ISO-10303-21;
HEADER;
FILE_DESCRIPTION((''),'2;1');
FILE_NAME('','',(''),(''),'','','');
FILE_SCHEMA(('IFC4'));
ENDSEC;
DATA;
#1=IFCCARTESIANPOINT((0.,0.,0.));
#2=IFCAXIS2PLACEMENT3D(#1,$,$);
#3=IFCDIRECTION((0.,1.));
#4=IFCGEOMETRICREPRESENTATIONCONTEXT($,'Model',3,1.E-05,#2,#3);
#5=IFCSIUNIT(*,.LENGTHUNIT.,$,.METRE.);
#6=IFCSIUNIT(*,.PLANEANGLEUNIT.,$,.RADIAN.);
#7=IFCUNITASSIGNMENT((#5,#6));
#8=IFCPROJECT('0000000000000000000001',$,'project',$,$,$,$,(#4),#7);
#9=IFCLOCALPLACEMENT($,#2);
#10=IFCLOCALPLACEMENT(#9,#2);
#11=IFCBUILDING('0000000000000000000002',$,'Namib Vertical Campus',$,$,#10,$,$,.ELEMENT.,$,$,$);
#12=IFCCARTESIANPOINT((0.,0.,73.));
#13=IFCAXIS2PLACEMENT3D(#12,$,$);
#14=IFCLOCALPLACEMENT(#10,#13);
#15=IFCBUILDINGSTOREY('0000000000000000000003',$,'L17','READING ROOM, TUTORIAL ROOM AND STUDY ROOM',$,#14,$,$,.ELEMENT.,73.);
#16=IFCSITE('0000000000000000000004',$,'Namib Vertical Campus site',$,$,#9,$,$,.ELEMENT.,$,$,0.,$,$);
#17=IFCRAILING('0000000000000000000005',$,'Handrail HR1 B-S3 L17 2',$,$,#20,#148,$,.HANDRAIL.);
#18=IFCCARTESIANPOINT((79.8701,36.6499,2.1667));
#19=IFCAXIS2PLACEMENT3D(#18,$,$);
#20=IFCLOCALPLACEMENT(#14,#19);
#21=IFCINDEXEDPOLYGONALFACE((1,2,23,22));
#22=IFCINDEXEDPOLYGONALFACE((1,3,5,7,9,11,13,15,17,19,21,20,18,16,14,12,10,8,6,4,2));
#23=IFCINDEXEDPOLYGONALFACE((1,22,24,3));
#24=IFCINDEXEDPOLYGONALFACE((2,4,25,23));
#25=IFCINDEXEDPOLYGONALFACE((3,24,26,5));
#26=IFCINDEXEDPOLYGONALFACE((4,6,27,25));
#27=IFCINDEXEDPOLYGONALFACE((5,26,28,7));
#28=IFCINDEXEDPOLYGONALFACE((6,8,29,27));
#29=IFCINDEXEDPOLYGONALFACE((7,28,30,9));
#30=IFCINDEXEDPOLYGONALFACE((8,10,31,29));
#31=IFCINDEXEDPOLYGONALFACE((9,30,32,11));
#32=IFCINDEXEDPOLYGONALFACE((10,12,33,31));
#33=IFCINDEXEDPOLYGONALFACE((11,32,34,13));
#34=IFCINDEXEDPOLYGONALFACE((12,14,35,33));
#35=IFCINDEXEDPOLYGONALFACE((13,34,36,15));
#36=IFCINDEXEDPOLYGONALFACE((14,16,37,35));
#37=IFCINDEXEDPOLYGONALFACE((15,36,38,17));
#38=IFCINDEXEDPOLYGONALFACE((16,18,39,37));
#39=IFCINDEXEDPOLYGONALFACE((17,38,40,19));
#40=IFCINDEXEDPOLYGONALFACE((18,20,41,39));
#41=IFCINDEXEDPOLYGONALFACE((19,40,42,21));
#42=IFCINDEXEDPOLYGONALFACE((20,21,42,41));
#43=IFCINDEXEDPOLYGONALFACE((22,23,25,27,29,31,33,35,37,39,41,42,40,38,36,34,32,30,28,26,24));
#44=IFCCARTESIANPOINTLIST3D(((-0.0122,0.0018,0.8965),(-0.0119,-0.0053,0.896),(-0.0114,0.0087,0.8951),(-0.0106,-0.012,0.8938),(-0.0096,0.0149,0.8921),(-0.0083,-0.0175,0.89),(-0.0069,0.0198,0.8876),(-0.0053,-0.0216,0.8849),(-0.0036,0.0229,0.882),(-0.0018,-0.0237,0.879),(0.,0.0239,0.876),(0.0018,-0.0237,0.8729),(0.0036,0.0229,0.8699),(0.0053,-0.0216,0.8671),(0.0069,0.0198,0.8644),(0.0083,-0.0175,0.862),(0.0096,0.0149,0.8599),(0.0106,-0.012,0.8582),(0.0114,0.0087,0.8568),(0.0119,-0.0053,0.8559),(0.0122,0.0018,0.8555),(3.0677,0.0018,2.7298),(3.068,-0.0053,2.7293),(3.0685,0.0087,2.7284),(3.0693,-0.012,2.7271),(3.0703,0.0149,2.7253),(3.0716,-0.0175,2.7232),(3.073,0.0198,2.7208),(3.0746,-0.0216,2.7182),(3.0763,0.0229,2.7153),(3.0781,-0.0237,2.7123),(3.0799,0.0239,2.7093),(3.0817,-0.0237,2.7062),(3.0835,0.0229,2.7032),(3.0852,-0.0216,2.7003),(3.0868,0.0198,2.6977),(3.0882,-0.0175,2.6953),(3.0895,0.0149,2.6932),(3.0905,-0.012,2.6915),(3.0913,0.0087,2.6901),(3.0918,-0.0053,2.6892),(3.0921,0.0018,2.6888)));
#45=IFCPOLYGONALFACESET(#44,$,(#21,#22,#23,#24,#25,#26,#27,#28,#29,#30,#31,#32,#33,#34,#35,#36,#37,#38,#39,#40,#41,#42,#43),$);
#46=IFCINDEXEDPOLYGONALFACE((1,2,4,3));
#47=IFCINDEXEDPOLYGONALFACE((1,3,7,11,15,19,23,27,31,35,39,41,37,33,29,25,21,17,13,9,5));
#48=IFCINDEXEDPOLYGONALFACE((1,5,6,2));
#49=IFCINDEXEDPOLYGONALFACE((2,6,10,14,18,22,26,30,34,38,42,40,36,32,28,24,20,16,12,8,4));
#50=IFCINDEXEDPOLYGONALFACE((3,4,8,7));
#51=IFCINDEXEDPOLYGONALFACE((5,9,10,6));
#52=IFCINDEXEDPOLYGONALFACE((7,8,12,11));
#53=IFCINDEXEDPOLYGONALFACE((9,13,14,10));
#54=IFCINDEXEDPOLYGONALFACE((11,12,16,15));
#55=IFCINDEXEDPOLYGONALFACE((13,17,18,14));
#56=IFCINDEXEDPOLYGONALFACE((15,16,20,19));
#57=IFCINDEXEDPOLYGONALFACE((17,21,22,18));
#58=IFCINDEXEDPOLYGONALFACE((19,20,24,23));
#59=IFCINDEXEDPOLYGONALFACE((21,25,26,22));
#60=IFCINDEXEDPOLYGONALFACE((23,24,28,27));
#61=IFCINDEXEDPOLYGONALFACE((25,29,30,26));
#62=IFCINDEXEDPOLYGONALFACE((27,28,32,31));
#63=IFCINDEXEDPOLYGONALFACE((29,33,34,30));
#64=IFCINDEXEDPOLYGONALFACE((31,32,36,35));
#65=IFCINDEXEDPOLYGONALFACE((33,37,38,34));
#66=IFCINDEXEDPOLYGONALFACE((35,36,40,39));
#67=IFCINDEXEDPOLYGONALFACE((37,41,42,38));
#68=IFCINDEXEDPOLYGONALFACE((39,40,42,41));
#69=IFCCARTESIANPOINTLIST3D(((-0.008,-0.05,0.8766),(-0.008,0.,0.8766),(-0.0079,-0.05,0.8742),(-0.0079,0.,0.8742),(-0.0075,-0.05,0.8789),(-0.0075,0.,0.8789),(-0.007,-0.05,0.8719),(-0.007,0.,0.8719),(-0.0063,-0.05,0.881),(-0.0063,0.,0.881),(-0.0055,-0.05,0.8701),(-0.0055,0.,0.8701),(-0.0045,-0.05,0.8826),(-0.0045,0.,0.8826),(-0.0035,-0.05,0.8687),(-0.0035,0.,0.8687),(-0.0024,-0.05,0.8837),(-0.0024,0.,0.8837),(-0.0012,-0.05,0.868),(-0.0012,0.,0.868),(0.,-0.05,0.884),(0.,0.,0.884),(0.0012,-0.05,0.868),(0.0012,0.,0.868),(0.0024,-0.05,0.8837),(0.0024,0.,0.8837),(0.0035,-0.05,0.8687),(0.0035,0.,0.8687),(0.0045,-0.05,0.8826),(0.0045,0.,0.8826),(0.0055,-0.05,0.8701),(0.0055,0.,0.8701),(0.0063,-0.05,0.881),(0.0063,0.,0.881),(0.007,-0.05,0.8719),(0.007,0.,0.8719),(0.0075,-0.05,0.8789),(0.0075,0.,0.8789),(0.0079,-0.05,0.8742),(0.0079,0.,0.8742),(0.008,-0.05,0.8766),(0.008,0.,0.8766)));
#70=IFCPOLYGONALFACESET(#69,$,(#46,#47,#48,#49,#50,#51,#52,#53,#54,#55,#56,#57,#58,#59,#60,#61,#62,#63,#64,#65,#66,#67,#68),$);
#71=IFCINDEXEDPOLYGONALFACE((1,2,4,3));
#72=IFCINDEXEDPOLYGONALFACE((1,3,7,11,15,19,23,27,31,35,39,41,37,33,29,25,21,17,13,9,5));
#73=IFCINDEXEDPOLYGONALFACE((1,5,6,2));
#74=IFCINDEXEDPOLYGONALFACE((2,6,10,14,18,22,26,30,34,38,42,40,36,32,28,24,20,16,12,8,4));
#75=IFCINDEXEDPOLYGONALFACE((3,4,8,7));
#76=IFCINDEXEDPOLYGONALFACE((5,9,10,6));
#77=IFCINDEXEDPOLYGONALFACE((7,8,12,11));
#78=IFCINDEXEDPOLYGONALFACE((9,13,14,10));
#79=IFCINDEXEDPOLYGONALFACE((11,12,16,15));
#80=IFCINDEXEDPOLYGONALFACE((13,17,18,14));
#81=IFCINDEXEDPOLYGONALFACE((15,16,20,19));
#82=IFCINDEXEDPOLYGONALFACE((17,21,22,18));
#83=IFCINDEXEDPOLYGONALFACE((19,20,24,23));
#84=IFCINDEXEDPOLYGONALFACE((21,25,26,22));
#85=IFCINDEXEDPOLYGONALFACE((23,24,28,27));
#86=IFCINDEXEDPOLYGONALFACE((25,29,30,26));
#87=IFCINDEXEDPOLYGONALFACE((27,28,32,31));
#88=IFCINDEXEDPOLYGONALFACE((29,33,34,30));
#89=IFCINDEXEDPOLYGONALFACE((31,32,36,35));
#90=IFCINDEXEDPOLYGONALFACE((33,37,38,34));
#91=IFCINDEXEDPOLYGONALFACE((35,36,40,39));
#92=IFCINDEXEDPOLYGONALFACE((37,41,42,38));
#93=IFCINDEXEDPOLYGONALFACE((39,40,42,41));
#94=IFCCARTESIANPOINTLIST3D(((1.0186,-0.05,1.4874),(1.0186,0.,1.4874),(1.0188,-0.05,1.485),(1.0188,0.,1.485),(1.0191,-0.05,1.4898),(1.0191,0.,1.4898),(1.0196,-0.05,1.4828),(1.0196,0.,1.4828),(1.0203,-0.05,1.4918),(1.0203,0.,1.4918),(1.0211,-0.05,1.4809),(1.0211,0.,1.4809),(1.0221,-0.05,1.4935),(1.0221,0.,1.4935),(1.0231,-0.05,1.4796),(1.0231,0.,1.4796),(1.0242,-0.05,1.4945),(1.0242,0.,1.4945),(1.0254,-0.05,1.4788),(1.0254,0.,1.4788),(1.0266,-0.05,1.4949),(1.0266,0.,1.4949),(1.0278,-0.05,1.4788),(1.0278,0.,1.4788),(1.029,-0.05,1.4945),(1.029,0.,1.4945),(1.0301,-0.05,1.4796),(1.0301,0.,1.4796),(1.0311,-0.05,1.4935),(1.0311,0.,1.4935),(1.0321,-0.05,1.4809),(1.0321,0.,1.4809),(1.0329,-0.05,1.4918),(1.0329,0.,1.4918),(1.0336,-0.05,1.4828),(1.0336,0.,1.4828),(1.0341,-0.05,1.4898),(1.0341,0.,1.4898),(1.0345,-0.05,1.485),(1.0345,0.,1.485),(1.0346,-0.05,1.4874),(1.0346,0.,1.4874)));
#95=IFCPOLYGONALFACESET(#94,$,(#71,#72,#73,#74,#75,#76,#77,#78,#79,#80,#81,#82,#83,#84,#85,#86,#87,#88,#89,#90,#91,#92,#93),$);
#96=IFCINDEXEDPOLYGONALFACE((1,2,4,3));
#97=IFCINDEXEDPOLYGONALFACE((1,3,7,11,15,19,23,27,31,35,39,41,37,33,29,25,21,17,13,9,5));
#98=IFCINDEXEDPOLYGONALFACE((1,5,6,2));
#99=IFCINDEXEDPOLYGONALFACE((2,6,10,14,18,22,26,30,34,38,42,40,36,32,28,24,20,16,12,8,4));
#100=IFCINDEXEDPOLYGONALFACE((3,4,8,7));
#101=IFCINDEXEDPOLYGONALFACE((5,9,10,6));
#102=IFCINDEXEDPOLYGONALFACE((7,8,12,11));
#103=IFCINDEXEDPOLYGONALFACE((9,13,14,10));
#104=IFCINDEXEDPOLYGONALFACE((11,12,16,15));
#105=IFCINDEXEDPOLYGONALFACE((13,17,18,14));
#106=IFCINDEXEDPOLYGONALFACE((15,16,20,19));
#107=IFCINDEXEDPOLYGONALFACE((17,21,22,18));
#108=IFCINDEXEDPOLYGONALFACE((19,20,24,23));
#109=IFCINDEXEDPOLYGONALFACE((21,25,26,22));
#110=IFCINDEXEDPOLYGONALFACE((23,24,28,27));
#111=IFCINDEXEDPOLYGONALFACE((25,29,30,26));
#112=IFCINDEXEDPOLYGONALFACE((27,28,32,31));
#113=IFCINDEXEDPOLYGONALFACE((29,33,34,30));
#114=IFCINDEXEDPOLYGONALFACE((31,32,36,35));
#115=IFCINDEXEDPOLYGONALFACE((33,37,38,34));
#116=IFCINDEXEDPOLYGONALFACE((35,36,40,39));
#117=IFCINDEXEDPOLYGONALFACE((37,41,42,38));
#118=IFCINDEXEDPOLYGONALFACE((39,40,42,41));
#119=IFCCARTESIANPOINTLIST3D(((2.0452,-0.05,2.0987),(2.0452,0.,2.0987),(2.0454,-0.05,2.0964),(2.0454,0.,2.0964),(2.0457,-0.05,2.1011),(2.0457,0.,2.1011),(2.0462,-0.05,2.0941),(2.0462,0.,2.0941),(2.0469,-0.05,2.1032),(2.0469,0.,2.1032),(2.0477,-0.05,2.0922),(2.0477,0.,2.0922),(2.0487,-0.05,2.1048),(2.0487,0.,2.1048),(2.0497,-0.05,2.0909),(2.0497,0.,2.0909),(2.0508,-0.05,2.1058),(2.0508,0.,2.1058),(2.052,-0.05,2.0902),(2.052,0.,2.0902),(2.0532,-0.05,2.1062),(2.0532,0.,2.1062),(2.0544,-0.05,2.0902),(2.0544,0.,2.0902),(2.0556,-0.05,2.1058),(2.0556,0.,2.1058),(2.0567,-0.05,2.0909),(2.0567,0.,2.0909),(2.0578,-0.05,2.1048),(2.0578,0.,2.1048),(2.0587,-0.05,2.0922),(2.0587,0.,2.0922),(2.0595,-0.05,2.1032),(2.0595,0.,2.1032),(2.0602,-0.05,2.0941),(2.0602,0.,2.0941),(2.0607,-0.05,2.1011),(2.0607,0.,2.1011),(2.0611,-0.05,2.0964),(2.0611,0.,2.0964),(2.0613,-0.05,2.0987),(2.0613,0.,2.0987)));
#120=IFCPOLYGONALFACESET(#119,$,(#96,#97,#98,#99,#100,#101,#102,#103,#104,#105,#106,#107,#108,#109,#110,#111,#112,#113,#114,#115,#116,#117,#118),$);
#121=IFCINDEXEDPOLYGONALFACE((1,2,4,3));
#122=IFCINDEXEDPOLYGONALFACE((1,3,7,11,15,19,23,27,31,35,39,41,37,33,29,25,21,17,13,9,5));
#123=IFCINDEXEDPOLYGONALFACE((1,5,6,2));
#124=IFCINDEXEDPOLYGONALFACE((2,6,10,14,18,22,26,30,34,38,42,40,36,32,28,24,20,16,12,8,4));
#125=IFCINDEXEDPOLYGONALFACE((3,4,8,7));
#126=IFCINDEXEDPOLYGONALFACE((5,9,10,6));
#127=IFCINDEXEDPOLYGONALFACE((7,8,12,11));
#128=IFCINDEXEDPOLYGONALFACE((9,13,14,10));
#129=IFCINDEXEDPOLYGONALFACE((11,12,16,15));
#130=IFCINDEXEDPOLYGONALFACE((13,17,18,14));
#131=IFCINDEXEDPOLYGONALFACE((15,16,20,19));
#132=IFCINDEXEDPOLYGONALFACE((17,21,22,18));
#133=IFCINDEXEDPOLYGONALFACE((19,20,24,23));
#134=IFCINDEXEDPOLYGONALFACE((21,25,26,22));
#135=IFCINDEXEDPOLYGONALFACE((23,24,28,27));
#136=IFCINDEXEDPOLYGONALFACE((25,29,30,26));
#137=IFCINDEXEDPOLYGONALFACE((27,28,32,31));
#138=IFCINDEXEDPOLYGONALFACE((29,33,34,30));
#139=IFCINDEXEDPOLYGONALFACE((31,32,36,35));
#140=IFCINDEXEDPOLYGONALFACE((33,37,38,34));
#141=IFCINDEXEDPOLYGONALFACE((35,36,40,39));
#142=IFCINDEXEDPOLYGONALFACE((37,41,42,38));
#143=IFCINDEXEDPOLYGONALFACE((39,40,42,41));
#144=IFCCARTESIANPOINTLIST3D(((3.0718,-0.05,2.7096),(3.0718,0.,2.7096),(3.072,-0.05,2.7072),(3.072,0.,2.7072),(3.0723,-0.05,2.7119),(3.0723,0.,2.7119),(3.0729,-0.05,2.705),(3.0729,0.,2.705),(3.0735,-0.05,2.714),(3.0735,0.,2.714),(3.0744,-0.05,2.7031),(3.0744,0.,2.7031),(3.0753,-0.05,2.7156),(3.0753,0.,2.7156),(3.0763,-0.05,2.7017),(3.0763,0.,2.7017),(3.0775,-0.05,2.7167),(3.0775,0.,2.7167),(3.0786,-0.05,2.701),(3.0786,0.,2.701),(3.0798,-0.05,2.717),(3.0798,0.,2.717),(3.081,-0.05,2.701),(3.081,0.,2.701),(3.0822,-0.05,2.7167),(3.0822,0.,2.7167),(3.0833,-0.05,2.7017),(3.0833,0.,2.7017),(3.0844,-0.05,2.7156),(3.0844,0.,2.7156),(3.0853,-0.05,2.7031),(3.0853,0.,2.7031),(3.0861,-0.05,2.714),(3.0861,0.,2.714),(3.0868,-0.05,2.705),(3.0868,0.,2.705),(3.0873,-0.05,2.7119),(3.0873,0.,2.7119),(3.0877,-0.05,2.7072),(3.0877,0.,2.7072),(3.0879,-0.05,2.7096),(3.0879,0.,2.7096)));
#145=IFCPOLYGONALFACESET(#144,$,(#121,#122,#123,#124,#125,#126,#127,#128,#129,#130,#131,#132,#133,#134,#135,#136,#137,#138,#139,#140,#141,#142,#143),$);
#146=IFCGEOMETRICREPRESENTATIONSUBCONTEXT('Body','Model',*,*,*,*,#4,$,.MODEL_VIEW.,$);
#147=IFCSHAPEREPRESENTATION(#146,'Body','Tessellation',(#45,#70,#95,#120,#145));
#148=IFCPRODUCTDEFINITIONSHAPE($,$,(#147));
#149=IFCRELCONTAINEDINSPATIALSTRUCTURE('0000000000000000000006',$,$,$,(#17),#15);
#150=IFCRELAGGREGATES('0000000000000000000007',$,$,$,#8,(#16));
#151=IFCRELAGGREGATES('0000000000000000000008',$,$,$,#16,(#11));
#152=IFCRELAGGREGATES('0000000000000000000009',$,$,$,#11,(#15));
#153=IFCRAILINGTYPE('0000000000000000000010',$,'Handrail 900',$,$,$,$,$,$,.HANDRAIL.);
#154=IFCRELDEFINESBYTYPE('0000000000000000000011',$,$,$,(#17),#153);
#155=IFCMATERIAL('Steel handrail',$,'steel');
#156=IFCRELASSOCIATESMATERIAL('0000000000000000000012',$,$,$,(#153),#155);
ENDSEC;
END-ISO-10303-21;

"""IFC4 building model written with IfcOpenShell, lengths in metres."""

from ifc_helpers import new_model, si_unit, direction, frame, origin, origin_2d, place, context, subcontext, project, spatial, circle, extrude, material, type_object, element, save


model = new_model("IFC4")

# Units and contexts
model_context = context("Model", 3, precision=1e-05, world=origin(), true_north=direction((0.0, 1.0)))
body_context = subcontext(model_context, "Body", "Model", "MODEL_VIEW")
ifc_project = project(units=[si_unit("LENGTHUNIT", "METRE"), si_unit("PLANEANGLEUNIT", "RADIAN")], contexts=[model_context])

# Site, building, storey
site_placement = place(None, origin())
site = spatial("IfcSite", under=ifc_project, at=site_placement, Name="Namib Vertical Campus site", CompositionType="ELEMENT", RefElevation=0.0)
building_placement = place(site_placement, origin())
building = spatial("IfcBuilding", under=site, at=building_placement, Name="Namib Vertical Campus", CompositionType="ELEMENT")
storey_placement = place(building_placement, frame((0.0, 0.0, 73.0)))
storey = spatial("IfcBuildingStorey", under=building, at=storey_placement, Name="L17", Description="READING ROOM, TUTORIAL ROOM AND STUDY ROOM", CompositionType="ELEMENT", Elevation=73.0)

# Railing
ifc_material_1 = material(Name="Steel handrail", Category="steel")
railing_type = type_object("IfcRailingType", Name="Handrail 900", PredefinedType="HANDRAIL", material=ifc_material_1)
railing_placement = place(storey_placement, frame((79.8701, 36.6499, 2.1667)))
element("IfcRailing", 1, at=railing_placement, inside=storey, type_object=railing_type, Name="Handrail HR1 B-S3 L17 2", PredefinedType="HANDRAIL", context=body_context, shape_type="SweptSolid", body=[
    extrude(circle(Radius=0.0239, at=origin_2d()), frame((0.0, 0.0, 0.876), z_axis=(0.859291, 0.0, 0.511487), x_axis=(0.0, 1.0, 0.0)), (0.0, 0.0, 1.0), 3.5842),
    extrude(circle(Radius=0.0081, at=origin_2d()), frame((0.0, 0.0, 0.876), z_axis=(0.0, -1.0, 0.0), x_axis=(0.0, 0.0, 1.0)), (0.0, 0.0, 1.0), 0.05),
    extrude(circle(Radius=0.0081, at=origin_2d()), frame((1.0266, 0.0, 1.4868), z_axis=(0.0, -1.0, 0.0), x_axis=(0.0, 0.0, 1.0)), (0.0, 0.0, 1.0), 0.05),
    extrude(circle(Radius=0.0081, at=origin_2d()), frame((2.0532, 0.0, 2.0981), z_axis=(0.0, -1.0, 0.0), x_axis=(0.0, 0.0, 1.0)), (0.0, 0.0, 1.0), 0.05),
    extrude(circle(Radius=0.0081, at=origin_2d()), frame((3.0798, 0.0, 2.709), z_axis=(0.0, -1.0, 0.0), x_axis=(0.0, 0.0, 1.0)), (0.0, 0.0, 1.0), 0.05),
])

save(model, "model.ifc")
